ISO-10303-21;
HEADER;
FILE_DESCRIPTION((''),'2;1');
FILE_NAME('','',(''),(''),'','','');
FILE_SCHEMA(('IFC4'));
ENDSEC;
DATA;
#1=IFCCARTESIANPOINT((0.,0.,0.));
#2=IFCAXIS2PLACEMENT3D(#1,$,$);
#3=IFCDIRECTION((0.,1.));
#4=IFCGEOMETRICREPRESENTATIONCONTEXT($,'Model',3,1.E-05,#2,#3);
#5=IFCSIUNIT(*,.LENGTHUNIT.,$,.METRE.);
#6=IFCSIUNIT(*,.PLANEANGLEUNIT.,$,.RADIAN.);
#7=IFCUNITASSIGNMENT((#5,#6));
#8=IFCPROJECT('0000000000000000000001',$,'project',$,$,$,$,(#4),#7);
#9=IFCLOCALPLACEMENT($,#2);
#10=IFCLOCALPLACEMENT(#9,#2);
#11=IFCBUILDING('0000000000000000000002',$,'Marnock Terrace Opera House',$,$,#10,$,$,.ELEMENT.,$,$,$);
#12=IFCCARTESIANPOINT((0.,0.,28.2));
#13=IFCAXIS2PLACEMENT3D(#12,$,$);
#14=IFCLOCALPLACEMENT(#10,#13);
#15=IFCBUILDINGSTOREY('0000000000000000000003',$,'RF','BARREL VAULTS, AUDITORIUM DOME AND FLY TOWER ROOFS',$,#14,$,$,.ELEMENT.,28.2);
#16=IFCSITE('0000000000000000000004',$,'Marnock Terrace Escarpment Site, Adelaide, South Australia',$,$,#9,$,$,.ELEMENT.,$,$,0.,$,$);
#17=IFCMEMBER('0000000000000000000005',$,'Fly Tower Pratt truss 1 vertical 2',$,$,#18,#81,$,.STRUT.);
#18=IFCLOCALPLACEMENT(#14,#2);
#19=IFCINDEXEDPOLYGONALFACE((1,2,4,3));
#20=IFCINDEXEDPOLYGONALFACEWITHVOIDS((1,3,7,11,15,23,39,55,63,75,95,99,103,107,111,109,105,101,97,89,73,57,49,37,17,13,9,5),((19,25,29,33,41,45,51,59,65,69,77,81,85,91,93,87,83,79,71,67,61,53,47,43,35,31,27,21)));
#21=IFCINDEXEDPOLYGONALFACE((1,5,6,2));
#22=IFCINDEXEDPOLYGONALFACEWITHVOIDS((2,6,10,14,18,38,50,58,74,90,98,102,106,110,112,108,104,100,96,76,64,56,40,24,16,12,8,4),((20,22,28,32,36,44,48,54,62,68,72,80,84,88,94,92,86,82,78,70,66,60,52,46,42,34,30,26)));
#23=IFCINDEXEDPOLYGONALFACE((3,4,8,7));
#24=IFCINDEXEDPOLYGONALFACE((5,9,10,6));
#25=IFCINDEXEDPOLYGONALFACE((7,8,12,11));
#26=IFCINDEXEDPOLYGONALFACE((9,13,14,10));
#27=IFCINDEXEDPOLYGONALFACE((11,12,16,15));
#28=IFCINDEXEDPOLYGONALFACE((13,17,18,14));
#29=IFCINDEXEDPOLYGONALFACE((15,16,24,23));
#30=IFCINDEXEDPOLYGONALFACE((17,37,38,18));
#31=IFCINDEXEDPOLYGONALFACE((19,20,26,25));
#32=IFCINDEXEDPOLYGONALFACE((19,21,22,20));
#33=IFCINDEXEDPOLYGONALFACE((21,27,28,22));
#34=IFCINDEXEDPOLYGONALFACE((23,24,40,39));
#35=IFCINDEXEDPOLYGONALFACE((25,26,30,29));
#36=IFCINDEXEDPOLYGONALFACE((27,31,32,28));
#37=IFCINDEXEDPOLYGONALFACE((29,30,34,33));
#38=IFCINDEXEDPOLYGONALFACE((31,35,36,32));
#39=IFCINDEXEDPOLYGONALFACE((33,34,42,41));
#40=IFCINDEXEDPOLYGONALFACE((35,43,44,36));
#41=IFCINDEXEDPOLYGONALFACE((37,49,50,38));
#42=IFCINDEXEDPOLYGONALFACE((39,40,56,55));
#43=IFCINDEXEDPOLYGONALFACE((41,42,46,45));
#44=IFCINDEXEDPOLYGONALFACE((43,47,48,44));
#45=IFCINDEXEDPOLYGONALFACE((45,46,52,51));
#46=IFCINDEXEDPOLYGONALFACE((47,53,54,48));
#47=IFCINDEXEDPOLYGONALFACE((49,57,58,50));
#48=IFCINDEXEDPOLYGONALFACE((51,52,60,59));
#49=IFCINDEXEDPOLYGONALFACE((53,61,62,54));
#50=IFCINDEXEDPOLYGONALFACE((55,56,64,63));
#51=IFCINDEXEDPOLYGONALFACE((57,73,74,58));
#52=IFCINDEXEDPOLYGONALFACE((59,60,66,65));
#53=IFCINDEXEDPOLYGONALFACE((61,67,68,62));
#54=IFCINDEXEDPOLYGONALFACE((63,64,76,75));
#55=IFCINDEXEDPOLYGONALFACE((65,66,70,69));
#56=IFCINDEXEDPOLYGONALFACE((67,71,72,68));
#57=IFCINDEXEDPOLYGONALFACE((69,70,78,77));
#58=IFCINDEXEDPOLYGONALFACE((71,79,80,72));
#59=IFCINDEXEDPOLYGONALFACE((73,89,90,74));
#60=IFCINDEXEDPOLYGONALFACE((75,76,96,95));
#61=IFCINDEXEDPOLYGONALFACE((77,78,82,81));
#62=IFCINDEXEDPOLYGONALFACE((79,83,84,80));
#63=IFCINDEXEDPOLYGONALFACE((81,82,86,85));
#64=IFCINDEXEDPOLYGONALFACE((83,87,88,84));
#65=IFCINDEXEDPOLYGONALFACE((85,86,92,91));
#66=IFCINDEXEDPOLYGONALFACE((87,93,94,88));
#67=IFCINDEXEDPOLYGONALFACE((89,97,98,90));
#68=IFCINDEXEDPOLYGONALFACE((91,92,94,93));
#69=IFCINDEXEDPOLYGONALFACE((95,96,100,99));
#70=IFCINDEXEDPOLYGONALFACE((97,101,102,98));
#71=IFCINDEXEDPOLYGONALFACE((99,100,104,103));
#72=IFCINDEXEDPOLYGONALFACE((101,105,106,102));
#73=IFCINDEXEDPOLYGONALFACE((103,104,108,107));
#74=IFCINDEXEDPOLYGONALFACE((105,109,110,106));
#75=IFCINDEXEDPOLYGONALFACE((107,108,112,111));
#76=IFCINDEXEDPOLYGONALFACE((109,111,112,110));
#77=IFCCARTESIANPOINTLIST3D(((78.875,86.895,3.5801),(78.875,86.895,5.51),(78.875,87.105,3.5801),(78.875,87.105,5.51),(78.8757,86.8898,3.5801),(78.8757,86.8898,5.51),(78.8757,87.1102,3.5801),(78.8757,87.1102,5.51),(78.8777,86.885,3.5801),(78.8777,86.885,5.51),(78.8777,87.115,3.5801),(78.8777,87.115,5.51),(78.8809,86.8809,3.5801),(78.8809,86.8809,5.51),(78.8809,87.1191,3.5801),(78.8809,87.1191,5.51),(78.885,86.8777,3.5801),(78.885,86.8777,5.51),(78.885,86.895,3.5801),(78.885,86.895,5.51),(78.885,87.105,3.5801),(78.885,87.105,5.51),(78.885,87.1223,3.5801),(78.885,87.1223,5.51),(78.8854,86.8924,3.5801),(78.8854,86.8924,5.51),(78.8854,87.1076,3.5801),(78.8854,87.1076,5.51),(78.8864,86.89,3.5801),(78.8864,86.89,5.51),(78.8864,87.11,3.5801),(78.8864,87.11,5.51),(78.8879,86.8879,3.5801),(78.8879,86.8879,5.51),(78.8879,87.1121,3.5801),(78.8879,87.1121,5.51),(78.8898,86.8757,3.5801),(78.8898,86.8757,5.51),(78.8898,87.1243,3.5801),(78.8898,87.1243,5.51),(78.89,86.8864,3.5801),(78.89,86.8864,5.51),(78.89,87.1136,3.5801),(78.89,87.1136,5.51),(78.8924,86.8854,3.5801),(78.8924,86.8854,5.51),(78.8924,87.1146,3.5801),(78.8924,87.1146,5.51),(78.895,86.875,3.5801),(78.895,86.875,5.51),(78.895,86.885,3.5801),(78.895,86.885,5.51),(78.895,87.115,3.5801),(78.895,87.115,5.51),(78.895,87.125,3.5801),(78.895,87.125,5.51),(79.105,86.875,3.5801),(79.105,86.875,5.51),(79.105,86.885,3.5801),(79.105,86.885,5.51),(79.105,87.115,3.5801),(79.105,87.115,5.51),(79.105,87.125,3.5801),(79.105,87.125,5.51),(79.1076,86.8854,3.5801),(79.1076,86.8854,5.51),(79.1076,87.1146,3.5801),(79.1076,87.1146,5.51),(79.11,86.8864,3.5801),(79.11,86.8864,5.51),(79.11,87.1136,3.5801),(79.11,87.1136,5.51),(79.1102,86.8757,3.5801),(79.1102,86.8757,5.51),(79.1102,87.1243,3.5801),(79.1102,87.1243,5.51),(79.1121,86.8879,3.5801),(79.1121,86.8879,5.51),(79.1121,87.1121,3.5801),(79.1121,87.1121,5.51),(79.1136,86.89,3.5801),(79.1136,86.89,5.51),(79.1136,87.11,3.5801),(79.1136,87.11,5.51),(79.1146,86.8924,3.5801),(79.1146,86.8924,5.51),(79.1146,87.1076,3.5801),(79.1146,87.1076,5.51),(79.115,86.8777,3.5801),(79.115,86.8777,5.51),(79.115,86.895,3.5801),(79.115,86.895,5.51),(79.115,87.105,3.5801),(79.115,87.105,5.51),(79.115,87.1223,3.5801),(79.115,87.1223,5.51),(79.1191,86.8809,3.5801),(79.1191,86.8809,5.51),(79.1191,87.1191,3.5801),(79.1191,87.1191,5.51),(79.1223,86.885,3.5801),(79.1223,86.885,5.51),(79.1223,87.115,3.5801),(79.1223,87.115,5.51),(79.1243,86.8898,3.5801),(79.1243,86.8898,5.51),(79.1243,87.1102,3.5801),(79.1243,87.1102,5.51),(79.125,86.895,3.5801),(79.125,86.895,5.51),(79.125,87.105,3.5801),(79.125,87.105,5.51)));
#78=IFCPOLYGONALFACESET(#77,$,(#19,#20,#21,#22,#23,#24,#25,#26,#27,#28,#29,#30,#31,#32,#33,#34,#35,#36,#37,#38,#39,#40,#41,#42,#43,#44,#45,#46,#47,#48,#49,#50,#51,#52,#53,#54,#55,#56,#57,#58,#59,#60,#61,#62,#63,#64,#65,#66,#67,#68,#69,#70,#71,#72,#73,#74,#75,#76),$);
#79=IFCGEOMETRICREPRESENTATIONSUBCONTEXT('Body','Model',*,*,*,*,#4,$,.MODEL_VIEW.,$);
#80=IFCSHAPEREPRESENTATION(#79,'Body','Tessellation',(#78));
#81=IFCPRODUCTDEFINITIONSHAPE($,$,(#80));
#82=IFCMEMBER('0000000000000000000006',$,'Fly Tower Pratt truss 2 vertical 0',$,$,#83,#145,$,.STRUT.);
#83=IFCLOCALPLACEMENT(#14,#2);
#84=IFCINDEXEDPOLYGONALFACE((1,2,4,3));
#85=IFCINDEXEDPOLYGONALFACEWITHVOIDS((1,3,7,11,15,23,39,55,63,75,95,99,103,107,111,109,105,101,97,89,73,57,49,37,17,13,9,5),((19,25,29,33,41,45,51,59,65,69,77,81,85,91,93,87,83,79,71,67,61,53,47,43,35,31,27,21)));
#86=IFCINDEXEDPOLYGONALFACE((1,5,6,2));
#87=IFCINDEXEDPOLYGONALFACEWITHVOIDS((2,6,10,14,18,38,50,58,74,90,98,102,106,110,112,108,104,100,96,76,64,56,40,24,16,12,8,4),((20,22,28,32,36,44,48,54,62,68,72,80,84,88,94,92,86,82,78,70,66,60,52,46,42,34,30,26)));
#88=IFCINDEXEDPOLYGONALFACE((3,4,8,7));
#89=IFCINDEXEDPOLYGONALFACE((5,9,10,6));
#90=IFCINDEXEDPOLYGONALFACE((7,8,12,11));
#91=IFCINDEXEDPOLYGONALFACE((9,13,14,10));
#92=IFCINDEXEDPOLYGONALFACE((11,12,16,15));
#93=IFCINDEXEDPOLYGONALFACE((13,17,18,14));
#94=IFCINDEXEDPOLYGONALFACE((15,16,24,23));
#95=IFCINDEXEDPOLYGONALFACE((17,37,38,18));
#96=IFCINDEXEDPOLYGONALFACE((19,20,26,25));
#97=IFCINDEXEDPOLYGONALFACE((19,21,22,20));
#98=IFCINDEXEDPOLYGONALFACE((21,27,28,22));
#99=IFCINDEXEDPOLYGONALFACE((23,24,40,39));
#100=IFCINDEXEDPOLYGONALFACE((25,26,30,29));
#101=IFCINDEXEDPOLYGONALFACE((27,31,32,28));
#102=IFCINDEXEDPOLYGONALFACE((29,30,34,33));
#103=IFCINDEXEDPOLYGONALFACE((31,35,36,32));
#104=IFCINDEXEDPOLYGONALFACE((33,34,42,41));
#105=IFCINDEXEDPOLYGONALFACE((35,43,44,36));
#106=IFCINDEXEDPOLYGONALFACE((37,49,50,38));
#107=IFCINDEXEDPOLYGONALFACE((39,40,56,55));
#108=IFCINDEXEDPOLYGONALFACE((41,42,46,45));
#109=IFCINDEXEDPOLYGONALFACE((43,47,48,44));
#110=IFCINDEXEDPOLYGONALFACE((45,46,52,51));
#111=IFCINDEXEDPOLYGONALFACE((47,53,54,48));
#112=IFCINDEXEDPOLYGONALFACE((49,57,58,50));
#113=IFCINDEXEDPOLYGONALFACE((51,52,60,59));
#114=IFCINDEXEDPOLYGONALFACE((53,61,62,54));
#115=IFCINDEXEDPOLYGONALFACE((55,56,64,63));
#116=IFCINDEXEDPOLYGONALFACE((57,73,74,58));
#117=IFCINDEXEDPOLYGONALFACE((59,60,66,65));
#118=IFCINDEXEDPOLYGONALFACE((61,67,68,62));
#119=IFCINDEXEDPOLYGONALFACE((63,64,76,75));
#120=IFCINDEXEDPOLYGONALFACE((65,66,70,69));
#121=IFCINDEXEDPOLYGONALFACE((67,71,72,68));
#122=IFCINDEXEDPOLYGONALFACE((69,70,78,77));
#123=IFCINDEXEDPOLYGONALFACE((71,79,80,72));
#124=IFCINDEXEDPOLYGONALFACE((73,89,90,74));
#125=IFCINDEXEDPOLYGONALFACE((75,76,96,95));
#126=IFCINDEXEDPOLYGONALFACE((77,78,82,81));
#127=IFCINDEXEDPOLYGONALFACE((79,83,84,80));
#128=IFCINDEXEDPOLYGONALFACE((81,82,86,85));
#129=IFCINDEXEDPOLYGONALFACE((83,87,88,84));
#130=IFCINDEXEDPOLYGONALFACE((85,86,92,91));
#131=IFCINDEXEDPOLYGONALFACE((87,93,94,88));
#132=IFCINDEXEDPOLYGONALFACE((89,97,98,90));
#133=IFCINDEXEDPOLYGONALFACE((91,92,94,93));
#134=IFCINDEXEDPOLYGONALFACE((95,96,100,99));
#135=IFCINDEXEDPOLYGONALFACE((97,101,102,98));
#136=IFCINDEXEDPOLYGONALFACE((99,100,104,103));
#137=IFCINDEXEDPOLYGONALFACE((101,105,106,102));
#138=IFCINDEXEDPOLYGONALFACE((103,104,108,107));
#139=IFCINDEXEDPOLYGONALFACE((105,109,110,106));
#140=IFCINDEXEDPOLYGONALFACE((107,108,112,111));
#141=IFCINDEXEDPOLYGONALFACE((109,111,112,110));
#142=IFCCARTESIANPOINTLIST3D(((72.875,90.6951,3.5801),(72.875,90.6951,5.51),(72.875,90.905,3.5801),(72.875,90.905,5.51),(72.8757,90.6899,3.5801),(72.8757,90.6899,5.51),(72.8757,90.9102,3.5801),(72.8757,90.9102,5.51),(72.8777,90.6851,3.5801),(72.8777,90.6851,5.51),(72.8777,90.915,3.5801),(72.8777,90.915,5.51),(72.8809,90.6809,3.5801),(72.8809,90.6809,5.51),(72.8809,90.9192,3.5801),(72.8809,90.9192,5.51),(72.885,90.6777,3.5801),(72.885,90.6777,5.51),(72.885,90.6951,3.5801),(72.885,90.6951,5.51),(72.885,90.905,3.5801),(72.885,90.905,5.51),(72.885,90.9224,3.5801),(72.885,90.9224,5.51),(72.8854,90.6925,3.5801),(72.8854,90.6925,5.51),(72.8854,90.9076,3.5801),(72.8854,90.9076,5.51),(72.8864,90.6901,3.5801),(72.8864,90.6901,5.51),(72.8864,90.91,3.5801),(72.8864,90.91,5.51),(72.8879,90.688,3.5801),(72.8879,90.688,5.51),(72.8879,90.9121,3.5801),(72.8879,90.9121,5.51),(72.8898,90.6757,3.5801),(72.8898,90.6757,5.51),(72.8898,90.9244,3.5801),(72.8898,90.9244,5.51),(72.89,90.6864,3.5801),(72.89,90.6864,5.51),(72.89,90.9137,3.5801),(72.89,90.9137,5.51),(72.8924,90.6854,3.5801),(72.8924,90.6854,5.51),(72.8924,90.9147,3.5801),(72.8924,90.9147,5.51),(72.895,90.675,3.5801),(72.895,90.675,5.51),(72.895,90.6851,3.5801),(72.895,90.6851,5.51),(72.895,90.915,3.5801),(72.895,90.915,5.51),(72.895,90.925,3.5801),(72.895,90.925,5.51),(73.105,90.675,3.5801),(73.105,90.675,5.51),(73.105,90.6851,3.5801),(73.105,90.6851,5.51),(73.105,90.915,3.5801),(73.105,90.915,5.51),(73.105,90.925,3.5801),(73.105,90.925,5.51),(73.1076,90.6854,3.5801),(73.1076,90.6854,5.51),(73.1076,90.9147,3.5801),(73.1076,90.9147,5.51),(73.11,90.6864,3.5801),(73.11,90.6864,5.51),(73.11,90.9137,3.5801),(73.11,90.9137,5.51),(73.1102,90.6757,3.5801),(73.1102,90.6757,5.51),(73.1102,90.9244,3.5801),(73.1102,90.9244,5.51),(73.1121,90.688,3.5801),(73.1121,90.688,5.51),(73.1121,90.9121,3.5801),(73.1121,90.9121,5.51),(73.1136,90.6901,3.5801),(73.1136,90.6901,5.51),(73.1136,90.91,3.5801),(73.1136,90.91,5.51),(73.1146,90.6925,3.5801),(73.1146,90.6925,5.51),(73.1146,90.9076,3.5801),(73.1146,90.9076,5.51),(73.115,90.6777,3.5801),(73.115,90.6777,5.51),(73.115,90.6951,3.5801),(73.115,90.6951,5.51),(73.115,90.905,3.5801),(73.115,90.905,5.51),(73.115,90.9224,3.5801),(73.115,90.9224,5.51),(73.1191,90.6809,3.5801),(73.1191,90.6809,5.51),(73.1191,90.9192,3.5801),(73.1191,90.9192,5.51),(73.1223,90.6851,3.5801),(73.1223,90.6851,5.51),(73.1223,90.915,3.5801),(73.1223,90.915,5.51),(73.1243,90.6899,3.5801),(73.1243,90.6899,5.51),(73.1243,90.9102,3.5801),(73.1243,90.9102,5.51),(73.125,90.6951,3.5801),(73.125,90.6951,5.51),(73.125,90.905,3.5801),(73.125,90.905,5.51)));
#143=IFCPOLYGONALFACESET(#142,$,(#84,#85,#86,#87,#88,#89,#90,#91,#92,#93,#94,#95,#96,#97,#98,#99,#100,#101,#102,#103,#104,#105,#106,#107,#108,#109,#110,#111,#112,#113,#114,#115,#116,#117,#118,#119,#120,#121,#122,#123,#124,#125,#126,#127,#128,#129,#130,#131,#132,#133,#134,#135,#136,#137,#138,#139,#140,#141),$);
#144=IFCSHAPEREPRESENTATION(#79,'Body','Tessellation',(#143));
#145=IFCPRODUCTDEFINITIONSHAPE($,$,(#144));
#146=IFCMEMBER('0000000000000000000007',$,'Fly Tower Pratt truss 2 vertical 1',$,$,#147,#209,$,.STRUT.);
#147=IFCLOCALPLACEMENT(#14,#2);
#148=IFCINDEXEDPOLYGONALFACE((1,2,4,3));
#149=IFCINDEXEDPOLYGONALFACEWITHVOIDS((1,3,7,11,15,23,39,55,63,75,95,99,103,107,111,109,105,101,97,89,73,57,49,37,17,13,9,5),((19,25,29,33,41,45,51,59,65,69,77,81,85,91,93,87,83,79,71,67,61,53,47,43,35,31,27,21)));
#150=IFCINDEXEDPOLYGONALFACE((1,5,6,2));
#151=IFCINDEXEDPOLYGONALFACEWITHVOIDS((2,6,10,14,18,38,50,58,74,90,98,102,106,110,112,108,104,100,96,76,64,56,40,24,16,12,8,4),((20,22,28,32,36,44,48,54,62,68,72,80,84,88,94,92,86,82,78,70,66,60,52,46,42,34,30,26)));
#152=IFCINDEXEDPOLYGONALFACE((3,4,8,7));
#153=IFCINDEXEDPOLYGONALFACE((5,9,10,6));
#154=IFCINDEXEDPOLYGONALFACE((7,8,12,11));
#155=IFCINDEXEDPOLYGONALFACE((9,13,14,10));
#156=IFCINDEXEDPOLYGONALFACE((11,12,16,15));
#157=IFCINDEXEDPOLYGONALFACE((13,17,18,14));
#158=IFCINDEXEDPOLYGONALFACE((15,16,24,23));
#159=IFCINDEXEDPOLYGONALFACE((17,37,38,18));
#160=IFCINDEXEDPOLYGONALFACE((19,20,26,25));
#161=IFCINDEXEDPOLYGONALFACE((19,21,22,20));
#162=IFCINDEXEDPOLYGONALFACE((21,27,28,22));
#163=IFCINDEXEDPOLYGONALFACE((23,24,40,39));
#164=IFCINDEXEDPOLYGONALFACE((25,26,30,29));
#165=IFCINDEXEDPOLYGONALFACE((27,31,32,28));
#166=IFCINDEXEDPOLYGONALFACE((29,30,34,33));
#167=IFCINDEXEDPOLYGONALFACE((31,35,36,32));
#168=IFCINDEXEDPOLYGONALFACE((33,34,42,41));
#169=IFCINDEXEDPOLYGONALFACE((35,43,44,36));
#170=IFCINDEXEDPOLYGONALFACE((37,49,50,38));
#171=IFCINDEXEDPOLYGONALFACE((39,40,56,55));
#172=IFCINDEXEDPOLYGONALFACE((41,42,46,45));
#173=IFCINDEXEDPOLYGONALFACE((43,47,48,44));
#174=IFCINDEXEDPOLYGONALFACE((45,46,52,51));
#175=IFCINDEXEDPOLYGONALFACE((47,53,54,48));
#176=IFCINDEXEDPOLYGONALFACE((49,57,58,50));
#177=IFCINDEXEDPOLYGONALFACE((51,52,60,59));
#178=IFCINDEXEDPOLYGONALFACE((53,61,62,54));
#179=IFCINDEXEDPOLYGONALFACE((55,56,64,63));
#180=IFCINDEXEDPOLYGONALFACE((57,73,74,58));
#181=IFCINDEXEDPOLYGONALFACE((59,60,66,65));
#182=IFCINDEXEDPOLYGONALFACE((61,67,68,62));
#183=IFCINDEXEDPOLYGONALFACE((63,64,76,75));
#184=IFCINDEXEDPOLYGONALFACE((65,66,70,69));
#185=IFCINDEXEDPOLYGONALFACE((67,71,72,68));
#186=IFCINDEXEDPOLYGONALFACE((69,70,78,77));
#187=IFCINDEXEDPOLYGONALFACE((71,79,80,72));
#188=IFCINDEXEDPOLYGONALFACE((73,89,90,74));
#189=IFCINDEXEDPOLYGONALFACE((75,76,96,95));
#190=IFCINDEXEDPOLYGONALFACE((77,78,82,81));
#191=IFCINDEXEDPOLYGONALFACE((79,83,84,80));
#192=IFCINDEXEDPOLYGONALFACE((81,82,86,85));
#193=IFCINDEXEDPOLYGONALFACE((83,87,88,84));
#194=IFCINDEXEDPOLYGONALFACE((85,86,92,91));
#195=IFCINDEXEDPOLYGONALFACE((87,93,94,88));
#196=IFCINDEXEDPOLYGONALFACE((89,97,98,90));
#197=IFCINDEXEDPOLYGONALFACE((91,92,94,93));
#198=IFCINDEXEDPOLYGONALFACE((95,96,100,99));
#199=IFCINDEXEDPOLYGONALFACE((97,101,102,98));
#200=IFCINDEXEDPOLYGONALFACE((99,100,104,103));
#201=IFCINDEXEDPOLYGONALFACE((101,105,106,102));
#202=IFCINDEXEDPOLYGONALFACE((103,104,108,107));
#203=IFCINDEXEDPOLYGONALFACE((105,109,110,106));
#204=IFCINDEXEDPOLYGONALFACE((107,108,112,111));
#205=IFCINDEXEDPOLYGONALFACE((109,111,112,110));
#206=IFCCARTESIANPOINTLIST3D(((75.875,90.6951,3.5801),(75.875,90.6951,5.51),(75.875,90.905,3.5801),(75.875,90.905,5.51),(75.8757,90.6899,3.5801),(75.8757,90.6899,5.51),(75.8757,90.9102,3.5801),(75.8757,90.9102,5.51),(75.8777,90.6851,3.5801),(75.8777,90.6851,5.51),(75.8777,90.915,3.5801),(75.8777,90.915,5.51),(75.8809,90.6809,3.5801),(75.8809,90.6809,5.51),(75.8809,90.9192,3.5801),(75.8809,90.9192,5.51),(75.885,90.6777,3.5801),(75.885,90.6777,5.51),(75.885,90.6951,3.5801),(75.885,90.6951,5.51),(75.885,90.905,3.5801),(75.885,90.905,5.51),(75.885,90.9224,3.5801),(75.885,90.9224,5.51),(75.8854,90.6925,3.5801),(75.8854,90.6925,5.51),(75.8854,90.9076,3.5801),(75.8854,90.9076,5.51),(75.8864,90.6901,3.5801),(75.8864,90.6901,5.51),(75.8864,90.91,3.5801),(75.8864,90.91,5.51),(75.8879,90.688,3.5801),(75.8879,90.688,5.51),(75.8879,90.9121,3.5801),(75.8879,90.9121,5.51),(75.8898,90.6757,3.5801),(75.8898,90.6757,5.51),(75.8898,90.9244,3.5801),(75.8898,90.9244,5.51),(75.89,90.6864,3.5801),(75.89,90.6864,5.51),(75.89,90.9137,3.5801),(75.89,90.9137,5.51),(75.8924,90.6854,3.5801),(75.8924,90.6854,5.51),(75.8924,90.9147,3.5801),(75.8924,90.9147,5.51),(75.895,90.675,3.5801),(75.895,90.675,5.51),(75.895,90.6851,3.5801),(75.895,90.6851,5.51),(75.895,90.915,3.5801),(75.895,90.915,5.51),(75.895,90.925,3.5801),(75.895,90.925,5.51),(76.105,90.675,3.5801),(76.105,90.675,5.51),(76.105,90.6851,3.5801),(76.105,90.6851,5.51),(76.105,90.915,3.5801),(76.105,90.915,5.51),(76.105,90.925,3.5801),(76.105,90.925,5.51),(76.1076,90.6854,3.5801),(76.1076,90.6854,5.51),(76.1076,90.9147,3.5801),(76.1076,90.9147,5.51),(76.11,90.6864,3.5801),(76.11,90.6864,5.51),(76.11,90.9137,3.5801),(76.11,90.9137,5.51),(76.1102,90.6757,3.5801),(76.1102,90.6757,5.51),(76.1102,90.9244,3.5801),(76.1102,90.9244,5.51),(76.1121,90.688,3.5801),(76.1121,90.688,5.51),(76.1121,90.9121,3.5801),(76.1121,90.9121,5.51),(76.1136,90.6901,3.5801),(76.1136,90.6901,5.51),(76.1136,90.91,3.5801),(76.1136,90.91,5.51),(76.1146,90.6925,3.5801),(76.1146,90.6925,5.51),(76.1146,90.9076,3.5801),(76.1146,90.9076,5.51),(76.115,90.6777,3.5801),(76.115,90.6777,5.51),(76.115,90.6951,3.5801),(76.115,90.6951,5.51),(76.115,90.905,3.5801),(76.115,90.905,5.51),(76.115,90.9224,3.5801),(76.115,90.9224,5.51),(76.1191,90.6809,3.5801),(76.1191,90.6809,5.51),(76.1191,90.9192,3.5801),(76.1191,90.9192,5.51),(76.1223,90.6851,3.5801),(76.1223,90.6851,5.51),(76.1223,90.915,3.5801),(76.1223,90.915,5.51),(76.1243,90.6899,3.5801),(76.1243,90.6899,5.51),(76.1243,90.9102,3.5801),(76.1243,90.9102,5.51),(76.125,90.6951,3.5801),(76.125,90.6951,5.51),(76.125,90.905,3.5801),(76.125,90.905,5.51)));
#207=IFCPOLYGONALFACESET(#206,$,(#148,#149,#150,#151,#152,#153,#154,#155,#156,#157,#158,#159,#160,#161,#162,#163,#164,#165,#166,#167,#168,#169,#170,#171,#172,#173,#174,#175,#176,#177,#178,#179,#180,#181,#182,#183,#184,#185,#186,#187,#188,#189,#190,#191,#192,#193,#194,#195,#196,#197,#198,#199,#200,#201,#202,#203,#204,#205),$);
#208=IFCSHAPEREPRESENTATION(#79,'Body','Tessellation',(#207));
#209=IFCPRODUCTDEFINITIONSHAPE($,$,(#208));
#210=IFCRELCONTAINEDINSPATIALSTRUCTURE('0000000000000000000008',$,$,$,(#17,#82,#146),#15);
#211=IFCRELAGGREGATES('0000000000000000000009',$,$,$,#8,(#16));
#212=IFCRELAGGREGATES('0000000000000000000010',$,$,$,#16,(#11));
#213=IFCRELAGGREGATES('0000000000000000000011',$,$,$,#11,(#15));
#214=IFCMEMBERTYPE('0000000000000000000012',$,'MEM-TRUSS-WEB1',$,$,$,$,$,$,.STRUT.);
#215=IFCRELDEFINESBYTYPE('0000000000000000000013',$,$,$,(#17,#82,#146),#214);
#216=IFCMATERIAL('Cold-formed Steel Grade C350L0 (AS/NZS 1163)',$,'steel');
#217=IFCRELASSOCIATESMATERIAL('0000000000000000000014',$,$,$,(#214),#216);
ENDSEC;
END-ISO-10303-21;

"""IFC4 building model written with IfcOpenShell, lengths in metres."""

from ifc_helpers import new_model, si_unit, direction, frame, origin, origin_2d, place, context, subcontext, project, spatial, hollow_rectangle, extrude, material, material_profile, profile_set, type_object, element, save


model = new_model("IFC4")

# Units and contexts
model_context = context("Model", 3, precision=1e-05, world=origin(), true_north=direction((0.0, 1.0)))
body_context = subcontext(model_context, "Body", "Model", "MODEL_VIEW")
ifc_project = project(units=[si_unit("LENGTHUNIT", "METRE"), si_unit("PLANEANGLEUNIT", "RADIAN")], contexts=[model_context])

# Site, building, storey
site_placement = place(None, origin())
site = spatial("IfcSite", under=ifc_project, at=site_placement, Name="Marnock Terrace Escarpment Site, Adelaide, South Australia", CompositionType="ELEMENT", RefElevation=0.0)
building_placement = place(site_placement, origin())
building = spatial("IfcBuilding", under=site, at=building_placement, Name="Marnock Terrace Opera House", CompositionType="ELEMENT")
storey_placement = place(building_placement, frame((0.0, 0.0, 28.2)))
storey = spatial("IfcBuildingStorey", under=building, at=storey_placement, Name="RF", Description="BARREL VAULTS, AUDITORIUM DOME AND FLY TOWER ROOFS", CompositionType="ELEMENT", Elevation=28.2)

# Members
ifc_material_1 = material(Name="Cold-formed Steel Grade C350L0 (AS/NZS 1163)", Category="steel")
ifc_material_profile_1 = material_profile(ifc_material_1, hollow_rectangle(XDim=0.25, YDim=0.25, WallThickness=0.01, InnerFilletRadius=0.01, OuterFilletRadius=0.02, at=origin_2d()))
ifc_profile_set_1 = profile_set([ifc_material_profile_1], Name="Cold-formed Steel Grade C350L0 (AS/NZS 1163)")
member_type_1 = type_object("IfcMemberType", Name="MEM-TRUSS-WEB1", PredefinedType="STRUT", material=ifc_profile_set_1)
for number, where, z_axis, x_axis, name in (
    (1, (79.0, 87.0, 3.5801), (0.0, 0.0, 1.0), (1.0, 0.0, 0.0), "Fly Tower Pratt truss 1 vertical 2"),
    (2, (73.0, 90.8, 3.5801), (0.0, 0.0, 1.0), (1.0, 0.0, 0.0), "Fly Tower Pratt truss 2 vertical 0"),
    (3, (76.0, 90.8, 3.5801), (0.0, 0.0, 1.0), (1.0, 0.0, 0.0), "Fly Tower Pratt truss 2 vertical 1"),
):
    element("IfcMember", number, at=place(storey_placement, frame(where, z_axis=z_axis, x_axis=x_axis)), inside=storey, type_object=member_type_1, Name=name, PredefinedType="STRUT", context=body_context, shape_type="SweptSolid", body=[
        extrude(hollow_rectangle(XDim=0.25, YDim=0.25, WallThickness=0.01, InnerFilletRadius=0.01, OuterFilletRadius=0.02, at=origin_2d()), origin(), (0.0, 0.0, 1.0), 1.9299),
    ])

save(model, "model.ifc")
